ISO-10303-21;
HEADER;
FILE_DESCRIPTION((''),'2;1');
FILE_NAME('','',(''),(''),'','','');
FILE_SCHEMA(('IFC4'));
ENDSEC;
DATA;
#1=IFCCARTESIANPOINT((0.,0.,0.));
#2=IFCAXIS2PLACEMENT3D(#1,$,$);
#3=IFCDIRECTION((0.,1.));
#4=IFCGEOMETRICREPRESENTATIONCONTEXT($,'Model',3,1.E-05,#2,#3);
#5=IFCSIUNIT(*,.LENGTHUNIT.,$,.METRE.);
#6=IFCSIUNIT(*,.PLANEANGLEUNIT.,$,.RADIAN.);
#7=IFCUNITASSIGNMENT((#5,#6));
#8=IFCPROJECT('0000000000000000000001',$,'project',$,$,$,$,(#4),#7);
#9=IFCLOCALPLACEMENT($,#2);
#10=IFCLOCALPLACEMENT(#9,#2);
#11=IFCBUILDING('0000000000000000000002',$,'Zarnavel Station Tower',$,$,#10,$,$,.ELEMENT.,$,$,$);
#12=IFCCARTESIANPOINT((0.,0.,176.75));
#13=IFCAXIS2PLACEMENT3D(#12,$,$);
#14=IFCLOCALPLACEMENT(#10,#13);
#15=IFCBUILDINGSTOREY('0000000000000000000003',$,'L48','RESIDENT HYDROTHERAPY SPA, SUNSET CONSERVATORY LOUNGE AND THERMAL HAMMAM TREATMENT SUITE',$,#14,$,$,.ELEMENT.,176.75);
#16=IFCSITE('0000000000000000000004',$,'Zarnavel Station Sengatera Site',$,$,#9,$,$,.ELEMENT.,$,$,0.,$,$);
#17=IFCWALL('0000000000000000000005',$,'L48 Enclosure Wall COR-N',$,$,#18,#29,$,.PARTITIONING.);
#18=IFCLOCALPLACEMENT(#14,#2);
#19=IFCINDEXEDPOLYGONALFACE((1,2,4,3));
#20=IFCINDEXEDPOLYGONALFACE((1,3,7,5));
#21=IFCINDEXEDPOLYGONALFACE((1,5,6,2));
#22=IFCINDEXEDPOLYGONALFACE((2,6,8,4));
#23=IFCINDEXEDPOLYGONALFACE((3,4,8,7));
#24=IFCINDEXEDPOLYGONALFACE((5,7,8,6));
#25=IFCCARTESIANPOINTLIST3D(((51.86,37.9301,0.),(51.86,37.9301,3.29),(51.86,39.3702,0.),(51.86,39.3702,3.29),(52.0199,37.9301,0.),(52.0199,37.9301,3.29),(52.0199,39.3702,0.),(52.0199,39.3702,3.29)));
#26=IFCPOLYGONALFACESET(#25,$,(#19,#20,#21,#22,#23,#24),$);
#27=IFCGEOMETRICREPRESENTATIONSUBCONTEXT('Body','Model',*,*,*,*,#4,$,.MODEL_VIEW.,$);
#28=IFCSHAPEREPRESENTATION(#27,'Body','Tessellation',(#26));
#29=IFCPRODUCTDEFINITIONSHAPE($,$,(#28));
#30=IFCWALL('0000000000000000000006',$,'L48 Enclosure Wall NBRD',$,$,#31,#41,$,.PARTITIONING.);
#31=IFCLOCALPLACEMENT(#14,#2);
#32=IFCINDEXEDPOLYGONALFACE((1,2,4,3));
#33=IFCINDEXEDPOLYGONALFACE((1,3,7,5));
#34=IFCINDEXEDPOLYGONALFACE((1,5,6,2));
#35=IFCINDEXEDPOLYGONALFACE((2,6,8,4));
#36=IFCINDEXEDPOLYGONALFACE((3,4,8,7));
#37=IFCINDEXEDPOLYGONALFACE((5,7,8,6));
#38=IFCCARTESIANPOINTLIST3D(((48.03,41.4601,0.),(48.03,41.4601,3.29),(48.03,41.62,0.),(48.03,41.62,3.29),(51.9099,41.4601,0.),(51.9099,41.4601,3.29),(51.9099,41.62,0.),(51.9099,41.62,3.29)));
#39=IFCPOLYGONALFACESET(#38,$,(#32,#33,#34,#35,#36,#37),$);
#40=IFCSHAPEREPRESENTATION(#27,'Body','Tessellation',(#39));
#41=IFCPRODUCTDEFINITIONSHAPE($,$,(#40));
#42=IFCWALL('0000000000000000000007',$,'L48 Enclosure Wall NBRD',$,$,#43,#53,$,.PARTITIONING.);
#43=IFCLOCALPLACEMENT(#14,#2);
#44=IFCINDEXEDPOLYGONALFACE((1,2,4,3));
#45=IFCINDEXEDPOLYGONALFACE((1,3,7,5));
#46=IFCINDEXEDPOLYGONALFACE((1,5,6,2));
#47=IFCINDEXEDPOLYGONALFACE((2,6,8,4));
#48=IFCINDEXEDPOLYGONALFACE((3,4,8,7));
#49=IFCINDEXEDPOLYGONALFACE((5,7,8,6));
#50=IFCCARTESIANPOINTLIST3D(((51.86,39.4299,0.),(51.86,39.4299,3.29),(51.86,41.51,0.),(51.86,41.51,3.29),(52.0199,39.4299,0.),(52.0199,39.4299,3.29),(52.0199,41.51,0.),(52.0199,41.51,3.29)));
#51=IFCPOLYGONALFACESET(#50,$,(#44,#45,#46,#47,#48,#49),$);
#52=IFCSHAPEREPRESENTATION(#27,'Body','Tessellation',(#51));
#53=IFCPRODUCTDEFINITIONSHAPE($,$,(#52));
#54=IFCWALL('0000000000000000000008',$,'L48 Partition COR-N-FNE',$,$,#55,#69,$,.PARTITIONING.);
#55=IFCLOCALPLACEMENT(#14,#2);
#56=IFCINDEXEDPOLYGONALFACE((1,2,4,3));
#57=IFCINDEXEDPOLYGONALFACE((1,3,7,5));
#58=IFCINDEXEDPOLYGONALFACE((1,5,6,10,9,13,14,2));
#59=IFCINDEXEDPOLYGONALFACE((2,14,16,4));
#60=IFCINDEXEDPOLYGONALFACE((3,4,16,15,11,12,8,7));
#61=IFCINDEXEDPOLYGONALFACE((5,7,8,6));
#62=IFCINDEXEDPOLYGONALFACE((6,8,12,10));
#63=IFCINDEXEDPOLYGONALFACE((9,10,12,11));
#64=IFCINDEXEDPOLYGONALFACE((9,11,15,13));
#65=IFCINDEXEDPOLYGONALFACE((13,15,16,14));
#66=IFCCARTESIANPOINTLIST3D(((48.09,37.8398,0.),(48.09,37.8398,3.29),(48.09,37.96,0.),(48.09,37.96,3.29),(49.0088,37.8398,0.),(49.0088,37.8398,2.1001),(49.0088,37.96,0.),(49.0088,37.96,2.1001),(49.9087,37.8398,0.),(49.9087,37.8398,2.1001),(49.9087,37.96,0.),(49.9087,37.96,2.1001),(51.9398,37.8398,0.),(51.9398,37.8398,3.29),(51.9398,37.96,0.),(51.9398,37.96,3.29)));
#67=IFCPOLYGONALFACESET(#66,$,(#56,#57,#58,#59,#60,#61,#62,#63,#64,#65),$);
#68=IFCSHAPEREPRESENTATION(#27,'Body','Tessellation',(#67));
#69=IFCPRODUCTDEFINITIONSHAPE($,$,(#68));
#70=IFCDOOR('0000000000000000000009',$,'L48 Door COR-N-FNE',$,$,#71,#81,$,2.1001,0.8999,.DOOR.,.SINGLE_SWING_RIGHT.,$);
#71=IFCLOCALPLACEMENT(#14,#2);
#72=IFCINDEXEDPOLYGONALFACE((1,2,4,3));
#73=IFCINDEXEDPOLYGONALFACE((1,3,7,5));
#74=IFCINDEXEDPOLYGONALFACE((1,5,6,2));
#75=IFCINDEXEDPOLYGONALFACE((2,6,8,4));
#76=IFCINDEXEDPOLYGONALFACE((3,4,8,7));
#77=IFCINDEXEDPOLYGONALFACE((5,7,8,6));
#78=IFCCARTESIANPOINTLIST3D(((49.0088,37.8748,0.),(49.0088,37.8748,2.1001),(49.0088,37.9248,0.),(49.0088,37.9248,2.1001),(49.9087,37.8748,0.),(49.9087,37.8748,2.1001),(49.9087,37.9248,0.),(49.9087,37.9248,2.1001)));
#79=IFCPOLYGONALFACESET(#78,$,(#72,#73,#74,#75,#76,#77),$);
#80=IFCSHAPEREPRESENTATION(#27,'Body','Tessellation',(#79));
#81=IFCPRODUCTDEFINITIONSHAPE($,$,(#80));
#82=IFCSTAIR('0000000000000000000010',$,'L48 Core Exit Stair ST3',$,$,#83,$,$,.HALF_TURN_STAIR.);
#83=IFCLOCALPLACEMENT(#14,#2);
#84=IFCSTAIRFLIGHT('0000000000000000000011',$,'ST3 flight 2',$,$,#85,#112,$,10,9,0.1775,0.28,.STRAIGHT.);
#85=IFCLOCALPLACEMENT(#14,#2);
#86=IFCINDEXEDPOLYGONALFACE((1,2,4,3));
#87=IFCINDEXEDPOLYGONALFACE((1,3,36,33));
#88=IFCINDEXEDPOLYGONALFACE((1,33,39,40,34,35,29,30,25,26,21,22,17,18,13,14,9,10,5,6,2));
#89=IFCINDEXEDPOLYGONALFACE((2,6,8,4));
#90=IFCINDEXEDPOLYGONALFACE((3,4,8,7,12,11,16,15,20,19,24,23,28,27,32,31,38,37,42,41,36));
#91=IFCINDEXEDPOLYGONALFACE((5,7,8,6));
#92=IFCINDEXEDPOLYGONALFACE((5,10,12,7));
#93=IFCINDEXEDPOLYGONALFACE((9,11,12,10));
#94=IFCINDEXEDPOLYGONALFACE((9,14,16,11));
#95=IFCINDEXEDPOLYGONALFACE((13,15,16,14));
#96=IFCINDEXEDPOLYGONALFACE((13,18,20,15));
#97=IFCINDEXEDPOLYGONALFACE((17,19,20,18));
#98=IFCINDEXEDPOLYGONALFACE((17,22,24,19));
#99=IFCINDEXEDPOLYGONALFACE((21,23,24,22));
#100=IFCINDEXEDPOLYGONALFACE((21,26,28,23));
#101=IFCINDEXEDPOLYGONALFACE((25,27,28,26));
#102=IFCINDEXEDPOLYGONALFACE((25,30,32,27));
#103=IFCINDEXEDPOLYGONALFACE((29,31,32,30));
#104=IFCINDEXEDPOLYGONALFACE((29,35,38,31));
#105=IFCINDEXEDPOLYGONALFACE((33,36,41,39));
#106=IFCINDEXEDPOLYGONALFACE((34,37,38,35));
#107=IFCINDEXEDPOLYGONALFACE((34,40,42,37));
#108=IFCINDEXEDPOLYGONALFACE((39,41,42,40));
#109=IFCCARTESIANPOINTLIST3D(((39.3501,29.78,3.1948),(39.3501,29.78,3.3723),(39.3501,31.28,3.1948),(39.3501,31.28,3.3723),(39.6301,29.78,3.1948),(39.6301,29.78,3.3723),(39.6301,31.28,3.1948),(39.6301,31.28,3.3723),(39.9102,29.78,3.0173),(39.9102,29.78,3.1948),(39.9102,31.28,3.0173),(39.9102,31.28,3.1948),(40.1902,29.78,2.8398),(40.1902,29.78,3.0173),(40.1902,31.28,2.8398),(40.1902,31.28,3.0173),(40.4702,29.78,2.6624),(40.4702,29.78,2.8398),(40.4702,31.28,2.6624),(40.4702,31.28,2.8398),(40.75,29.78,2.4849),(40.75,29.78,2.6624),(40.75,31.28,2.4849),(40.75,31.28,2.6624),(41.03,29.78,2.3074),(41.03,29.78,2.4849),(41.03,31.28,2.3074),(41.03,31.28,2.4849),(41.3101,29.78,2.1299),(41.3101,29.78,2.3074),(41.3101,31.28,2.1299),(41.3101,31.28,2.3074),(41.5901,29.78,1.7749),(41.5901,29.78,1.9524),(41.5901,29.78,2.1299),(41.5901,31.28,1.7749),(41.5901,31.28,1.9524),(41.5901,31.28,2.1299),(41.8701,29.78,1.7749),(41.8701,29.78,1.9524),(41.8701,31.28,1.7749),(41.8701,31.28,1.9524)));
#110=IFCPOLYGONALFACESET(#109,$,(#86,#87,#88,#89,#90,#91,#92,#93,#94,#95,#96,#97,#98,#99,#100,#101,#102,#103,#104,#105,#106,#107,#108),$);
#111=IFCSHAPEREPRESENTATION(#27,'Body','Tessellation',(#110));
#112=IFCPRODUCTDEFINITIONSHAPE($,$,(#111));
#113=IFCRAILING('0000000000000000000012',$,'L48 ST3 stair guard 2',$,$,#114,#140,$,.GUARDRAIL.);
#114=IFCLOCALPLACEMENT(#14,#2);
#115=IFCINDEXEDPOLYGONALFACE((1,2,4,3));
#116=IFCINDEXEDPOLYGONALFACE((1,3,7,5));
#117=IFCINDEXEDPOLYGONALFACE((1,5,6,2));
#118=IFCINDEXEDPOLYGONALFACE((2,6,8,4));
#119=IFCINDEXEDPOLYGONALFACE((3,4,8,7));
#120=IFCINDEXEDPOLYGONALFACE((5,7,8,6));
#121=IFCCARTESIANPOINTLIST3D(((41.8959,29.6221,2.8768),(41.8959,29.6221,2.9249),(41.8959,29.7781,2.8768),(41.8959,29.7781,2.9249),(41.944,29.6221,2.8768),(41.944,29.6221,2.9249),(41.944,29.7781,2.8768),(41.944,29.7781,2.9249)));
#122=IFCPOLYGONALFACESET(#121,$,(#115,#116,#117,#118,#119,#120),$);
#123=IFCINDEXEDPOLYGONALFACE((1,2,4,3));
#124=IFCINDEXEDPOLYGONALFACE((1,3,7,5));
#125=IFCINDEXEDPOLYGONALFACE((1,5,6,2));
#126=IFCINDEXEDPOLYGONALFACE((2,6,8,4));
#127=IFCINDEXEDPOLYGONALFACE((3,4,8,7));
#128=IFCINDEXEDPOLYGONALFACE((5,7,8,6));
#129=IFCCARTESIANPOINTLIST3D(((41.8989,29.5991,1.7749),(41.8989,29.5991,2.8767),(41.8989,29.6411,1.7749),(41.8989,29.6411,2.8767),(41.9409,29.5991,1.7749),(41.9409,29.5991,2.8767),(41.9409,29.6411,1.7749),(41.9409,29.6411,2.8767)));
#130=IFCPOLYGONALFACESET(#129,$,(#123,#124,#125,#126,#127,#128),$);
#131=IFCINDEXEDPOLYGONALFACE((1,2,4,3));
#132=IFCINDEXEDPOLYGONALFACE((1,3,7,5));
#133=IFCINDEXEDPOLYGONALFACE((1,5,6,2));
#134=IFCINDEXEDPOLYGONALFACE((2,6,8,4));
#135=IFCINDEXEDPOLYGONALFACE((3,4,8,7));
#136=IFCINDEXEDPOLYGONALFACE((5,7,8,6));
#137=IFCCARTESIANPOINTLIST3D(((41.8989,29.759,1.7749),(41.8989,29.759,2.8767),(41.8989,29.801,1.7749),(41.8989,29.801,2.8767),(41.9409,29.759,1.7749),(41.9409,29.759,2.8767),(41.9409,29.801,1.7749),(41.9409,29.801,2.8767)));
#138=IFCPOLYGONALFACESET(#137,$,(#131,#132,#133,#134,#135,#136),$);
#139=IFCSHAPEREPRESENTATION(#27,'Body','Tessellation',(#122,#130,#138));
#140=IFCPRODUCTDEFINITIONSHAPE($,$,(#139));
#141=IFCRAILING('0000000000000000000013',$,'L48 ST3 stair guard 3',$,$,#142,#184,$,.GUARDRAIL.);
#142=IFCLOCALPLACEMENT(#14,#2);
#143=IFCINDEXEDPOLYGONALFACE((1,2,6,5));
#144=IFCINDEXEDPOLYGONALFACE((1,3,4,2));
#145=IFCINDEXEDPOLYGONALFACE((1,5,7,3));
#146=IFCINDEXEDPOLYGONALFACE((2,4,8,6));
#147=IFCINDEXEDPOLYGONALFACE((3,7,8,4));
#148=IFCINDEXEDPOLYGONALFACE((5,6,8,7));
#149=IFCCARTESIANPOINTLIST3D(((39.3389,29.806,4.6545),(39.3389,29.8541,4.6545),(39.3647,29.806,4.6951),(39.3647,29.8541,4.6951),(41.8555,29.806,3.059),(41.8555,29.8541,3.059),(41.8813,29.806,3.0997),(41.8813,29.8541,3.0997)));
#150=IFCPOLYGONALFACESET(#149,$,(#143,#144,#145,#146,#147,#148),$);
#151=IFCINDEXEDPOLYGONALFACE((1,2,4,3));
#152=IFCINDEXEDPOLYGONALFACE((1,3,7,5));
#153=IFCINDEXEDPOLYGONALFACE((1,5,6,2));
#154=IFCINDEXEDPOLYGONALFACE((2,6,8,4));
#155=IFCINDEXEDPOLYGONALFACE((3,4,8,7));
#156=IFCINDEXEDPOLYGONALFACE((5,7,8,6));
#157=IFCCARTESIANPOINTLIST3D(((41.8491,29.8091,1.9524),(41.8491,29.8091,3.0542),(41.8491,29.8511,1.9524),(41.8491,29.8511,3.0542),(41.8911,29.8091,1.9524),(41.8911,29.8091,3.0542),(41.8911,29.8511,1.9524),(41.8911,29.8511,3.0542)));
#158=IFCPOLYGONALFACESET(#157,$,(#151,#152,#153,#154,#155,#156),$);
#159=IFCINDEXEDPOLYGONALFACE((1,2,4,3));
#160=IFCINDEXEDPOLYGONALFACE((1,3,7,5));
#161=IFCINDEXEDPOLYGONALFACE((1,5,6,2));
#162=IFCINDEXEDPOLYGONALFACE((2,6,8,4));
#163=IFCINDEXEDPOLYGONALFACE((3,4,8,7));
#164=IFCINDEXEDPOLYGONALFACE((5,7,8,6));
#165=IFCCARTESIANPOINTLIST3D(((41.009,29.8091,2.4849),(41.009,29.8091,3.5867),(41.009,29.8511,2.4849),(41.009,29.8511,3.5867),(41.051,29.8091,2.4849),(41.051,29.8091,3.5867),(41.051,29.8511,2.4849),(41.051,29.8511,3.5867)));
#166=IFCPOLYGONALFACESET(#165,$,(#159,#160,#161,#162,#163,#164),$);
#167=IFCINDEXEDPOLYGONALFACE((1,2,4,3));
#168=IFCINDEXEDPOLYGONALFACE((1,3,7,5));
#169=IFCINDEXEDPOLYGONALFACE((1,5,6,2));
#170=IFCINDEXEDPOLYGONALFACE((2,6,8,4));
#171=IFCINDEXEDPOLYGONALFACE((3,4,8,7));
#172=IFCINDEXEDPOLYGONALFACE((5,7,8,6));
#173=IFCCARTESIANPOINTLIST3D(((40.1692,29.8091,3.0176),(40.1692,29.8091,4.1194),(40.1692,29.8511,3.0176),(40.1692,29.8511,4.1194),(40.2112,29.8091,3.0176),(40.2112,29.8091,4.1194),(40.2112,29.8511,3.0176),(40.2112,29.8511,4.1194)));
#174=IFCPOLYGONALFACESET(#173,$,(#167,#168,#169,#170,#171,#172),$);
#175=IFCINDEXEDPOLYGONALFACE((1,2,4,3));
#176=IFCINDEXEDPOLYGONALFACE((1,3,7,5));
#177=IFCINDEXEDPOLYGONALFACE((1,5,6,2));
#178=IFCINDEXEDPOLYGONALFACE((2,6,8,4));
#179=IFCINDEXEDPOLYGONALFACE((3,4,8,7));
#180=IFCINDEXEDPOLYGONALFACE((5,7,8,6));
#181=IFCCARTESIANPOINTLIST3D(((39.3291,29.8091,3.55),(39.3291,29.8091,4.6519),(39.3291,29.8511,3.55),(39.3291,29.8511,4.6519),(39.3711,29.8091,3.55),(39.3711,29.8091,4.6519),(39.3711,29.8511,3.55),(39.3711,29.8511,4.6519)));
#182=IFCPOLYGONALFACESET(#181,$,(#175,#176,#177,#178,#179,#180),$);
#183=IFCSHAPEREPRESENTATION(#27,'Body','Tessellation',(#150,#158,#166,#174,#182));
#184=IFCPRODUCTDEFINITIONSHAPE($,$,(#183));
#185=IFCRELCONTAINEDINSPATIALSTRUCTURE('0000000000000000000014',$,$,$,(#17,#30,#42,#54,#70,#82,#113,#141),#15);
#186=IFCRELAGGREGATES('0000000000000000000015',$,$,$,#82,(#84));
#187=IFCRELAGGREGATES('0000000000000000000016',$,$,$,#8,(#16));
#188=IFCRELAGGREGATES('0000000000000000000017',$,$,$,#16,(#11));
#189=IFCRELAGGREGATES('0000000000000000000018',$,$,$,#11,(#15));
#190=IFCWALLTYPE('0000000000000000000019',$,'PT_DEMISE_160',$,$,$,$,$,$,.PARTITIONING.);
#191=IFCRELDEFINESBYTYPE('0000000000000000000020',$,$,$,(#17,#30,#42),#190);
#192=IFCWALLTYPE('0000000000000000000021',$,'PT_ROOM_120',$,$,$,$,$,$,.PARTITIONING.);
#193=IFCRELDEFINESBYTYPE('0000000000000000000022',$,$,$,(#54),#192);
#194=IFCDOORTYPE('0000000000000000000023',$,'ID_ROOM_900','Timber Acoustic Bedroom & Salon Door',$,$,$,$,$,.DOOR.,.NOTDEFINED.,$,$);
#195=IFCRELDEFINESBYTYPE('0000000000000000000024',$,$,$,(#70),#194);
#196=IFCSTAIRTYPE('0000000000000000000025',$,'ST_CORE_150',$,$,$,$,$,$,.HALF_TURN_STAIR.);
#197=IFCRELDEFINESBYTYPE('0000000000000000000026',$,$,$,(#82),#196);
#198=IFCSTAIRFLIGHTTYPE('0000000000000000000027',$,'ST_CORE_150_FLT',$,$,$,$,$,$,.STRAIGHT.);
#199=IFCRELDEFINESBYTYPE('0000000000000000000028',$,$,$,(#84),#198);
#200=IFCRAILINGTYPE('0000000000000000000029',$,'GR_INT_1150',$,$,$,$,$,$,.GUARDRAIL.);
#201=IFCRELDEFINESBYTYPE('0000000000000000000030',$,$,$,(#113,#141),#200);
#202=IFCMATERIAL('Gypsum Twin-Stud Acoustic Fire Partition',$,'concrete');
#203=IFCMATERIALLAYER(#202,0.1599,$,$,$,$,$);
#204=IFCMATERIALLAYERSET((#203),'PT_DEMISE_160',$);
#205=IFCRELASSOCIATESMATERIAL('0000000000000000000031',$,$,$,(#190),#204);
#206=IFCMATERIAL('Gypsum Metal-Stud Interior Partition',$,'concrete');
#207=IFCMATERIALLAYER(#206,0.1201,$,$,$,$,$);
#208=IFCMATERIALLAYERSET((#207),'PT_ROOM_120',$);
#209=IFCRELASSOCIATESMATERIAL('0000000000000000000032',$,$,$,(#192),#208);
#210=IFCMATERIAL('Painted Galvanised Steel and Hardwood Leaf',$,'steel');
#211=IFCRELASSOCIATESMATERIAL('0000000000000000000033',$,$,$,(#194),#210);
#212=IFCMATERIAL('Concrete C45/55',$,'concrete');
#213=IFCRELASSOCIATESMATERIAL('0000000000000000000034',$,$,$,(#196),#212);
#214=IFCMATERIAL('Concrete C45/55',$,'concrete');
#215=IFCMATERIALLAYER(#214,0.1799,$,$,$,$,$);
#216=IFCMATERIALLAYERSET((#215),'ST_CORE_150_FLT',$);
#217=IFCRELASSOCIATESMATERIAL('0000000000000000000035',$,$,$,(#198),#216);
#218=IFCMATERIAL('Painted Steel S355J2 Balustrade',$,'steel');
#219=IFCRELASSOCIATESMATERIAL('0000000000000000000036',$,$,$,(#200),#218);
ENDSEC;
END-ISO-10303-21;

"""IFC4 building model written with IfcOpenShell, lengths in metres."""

from ifc_helpers import new_model, si_unit, direction, frame, frame_2d, origin, origin_2d, place, context, subcontext, project, spatial, polyline, rectangle, outline, extrude, material, layer, layer_set, type_object, element, fill, aggregate, save


model = new_model("IFC4")

# Units and contexts
model_context = context("Model", 3, precision=1e-05, world=origin(), true_north=direction((0.0, 1.0)))
body_context = subcontext(model_context, "Body", "Model", "MODEL_VIEW")
ifc_project = project(units=[si_unit("LENGTHUNIT", "METRE"), si_unit("PLANEANGLEUNIT", "RADIAN")], contexts=[model_context])

# Site, building, storey
site_placement = place(None, origin())
site = spatial("IfcSite", under=ifc_project, at=site_placement, Name="Zarnavel Station Sengatera Site", CompositionType="ELEMENT", RefElevation=0.0)
building_placement = place(site_placement, origin())
building = spatial("IfcBuilding", under=site, at=building_placement, Name="Zarnavel Station Tower", CompositionType="ELEMENT")
storey_placement = place(building_placement, frame((0.0, 0.0, 176.75)))
storey = spatial("IfcBuildingStorey", under=building, at=storey_placement, Name="L48", Description="RESIDENT HYDROTHERAPY SPA, SUNSET CONSERVATORY LOUNGE AND THERMAL HAMMAM TREATMENT SUITE", CompositionType="ELEMENT", Elevation=176.75)

# Walls
ifc_material_1 = material(Name="Gypsum Twin-Stud Acoustic Fire Partition", Category="concrete")
ifc_layer_1 = layer(ifc_material_1, 0.1599)
ifc_layer_set_1 = layer_set([ifc_layer_1], Name="PT_DEMISE_160")
wall_type_1 = type_object("IfcWallType", Name="PT_DEMISE_160", PredefinedType="PARTITIONING", material=ifc_layer_set_1)
wall_1_placement = place(storey_placement, frame((51.9399, 37.9299, 0.0), z_axis=(0.0, 0.0, 1.0), x_axis=(0.0, 1.0, 0.0)))
element("IfcWall", 1, at=wall_1_placement, inside=storey, type_object=wall_type_1, Name="L48 Enclosure Wall COR-N", PredefinedType="PARTITIONING", context=body_context, shape_type="SweptSolid", body=[
    extrude(rectangle(XDim=1.4402, YDim=0.1599, at=frame_2d((0.7202, 0.0))), origin(), (0.0, 0.0, 1.0), 3.29),
])
wall_2_placement = place(storey_placement, frame((48.03, 41.54, 0.0), z_axis=(0.0, 0.0, 1.0), x_axis=(1.0, 0.0, 0.0)))
element("IfcWall", 2, at=wall_2_placement, inside=storey, type_object=wall_type_1, Name="L48 Enclosure Wall NBRD", PredefinedType="PARTITIONING", context=body_context, shape_type="SweptSolid", body=[
    extrude(rectangle(XDim=3.8799, YDim=0.1599, at=frame_2d((1.9399, 0.0))), origin(), (0.0, 0.0, 1.0), 3.29),
])
wall_3_placement = place(storey_placement, frame((51.9399, 39.4299, 0.0), z_axis=(0.0, 0.0, 1.0), x_axis=(0.0, 1.0, 0.0)))
element("IfcWall", 3, at=wall_3_placement, inside=storey, type_object=wall_type_1, Name="L48 Enclosure Wall NBRD", PredefinedType="PARTITIONING", context=body_context, shape_type="SweptSolid", body=[
    extrude(rectangle(XDim=2.0801, YDim=0.1599, at=frame_2d((1.04, 0.0))), origin(), (0.0, 0.0, 1.0), 3.29),
])

# Wall, opening, door
ifc_material_2 = material(Name="Gypsum Metal-Stud Interior Partition", Category="concrete")
ifc_layer_2 = layer(ifc_material_2, 0.1201)
ifc_layer_set_2 = layer_set([ifc_layer_2], Name="PT_ROOM_120")
wall_type_2 = type_object("IfcWallType", Name="PT_ROOM_120", PredefinedType="PARTITIONING", material=ifc_layer_set_2)
wall_4_placement = place(storey_placement, frame((48.0901, 37.8999, 0.0), z_axis=(0.0, 0.0, 1.0), x_axis=(1.0, 0.0, 0.0)))
wall_4 = element("IfcWall", 4, at=wall_4_placement, inside=storey, type_object=wall_type_2, Name="L48 Partition COR-N-FNE", PredefinedType="PARTITIONING", context=body_context, shape_type="SweptSolid", body=[
    extrude(rectangle(XDim=3.8499, YDim=0.1201, at=frame_2d((1.9248, 0.0))), origin(), (0.0, 0.0, 1.0), 3.29),
])
opening_1_placement = place(wall_4_placement, frame((0.9187, 0.0, 0.0)))
opening_1 = element("IfcOpeningElement", 5, at=opening_1_placement, cuts=wall_4, PredefinedType="OPENING", context=body_context, shape_type="SweptSolid", body=[
    extrude(rectangle(XDim=0.8999, YDim=2.1001, at=frame_2d((0.45, 1.05))), frame((0.0, 0.0701, 0.0), z_axis=(0.0, -1.0, 0.0), x_axis=(1.0, 0.0, 0.0)), (0.0, 0.0, 1.0), 0.1401),
])
ifc_material_3 = material(Name="Painted Galvanised Steel and Hardwood Leaf", Category="steel")
door_type_1 = type_object("IfcDoorType", Name="ID_ROOM_900", Description="Timber Acoustic Bedroom & Salon Door", OperationType="NOTDEFINED", PredefinedType="DOOR", material=ifc_material_3)
door_1_placement = place(opening_1_placement, origin())
door_1 = element("IfcDoor", 6, at=door_1_placement, inside=storey, type_object=door_type_1, Name="L48 Door COR-N-FNE", OperationType="SINGLE_SWING_RIGHT", OverallHeight=2.1001, OverallWidth=0.8999, PredefinedType="DOOR", context=body_context, shape_type="SweptSolid", body=[
    extrude(rectangle(XDim=0.8999, YDim=2.1001, at=frame_2d((0.45, 1.05))), frame((0.0, 0.0249, 0.0), z_axis=(0.0, -1.0, 0.0), x_axis=(1.0, 0.0, 0.0)), (0.0, 0.0, 1.0), 0.05),
])
fill(opening_1, door_1)

# Stair, stair flight
ifc_material_4 = material(Name="Concrete C45/55", Category="concrete")
stair_type = type_object("IfcStairType", Name="ST_CORE_150", PredefinedType="HALF_TURN_STAIR", material=ifc_material_4)
stair_placement = place(storey_placement, origin())
stair = element("IfcStair", 7, at=stair_placement, inside=storey, type_object=stair_type, Name="L48 Core Exit Stair ST3", PredefinedType="HALF_TURN_STAIR")
ifc_material_5 = material(Name="Concrete C45/55", Category="concrete")
ifc_layer_3 = layer(ifc_material_5, 0.1799)
ifc_layer_set_3 = layer_set([ifc_layer_3], Name="ST_CORE_150_FLT")
stair_flight_type = type_object("IfcStairFlightType", Name="ST_CORE_150_FLT", PredefinedType="STRAIGHT", material=ifc_layer_set_3)
stair_flight_placement = place(storey_placement, frame((41.8701, 30.53, 1.7749), z_axis=(0.0, 0.0, 1.0), x_axis=(-1.0, 0.0, 0.0)))
stair_flight = element("IfcStairFlight", 8, at=stair_flight_placement, type_object=stair_flight_type, Name="ST3 flight 2", NumberOfRisers=10, NumberOfTreads=9, PredefinedType="STRAIGHT", RiserHeight=0.1775, TreadLength=0.28, context=body_context, shape_type="SweptSolid", body=[
    extrude(outline(polyline([(0.0, 0.0), (0.0, 0.1775), (0.28, 0.1775), (0.28, 0.355), (0.5601, 0.355), (0.5601, 0.5325), (0.8401, 0.5325), (0.8401, 0.71), (1.1201, 0.71), (1.1201, 0.8875), (1.3999, 0.8875), (1.3999, 1.0649), (1.6799, 1.0649), (1.6799, 1.2424), (1.96, 1.2424), (1.96, 1.4199), (2.24, 1.4199), (2.24, 1.5974), (2.52, 1.5974), (2.52, 1.7749), (2.52, 1.4199), (0.28, 0.0), (0.0, 0.0)])), frame((0.0, 0.75, 0.0), z_axis=(0.0, -1.0, 0.0), x_axis=(1.0, 0.0, 0.0)), (0.0, 0.0, 1.0), 1.5),
])
aggregate(stair, [stair_flight])

# Railings
ifc_material_6 = material(Name="Painted Steel S355J2 Balustrade", Category="steel")
railing_type_1 = type_object("IfcRailingType", Name="GR_INT_1150", PredefinedType="GUARDRAIL", material=ifc_material_6)
railing_1_placement = place(storey_placement, frame((41.9199, 29.6201, 1.7749)))
element("IfcRailing", 9, at=railing_1_placement, inside=storey, type_object=railing_type_1, Name="L48 ST3 stair guard 2", PredefinedType="GUARDRAIL", context=body_context, shape_type="SweptSolid", body=[
    extrude(rectangle(XDim=0.0481, YDim=0.0481, at=origin_2d()), frame((0.0, 0.002, 1.126), z_axis=(0.0, 1.0, 0.0), x_axis=(-1.0, 0.0, 0.0)), (0.0, 0.0, 1.0), 0.156),
    extrude(rectangle(XDim=0.042, YDim=0.042, at=origin_2d()), origin(), (0.0, 0.0, 1.0), 1.1018),
    extrude(rectangle(XDim=0.042, YDim=0.042, at=origin_2d()), frame((0.0, 0.1599, 0.0)), (0.0, 0.0, 1.0), 1.1018),
])
railing_2_placement = place(storey_placement, frame((41.8701, 29.8301, 1.9524)))
element("IfcRailing", 10, at=railing_2_placement, inside=storey, type_object=railing_type_1, Name="L48 ST3 stair guard 3", PredefinedType="GUARDRAIL", context=body_context, shape_type="SweptSolid", body=[
    extrude(rectangle(XDim=0.0481, YDim=0.0481, at=origin_2d()), frame((-0.0017, 0.0, 1.127), z_axis=(-0.84457, 0.0, 0.535445), x_axis=(0.0, -1.0, 0.0)), (0.0, 0.0, 1.0), 2.9797),
    extrude(rectangle(XDim=0.042, YDim=0.042, at=origin_2d()), origin(), (0.0, 0.0, 1.0), 1.1018),
    extrude(rectangle(XDim=0.042, YDim=0.042, at=origin_2d()), frame((-0.8401, 0.0, 0.5325)), (0.0, 0.0, 1.0), 1.1018),
    extrude(rectangle(XDim=0.042, YDim=0.042, at=origin_2d()), frame((-1.6799, 0.0, 1.0652)), (0.0, 0.0, 1.0), 1.1018),
    extrude(rectangle(XDim=0.042, YDim=0.042, at=origin_2d()), frame((-2.52, 0.0, 1.5977)), (0.0, 0.0, 1.0), 1.1018),
])

save(model, "model.ifc")
